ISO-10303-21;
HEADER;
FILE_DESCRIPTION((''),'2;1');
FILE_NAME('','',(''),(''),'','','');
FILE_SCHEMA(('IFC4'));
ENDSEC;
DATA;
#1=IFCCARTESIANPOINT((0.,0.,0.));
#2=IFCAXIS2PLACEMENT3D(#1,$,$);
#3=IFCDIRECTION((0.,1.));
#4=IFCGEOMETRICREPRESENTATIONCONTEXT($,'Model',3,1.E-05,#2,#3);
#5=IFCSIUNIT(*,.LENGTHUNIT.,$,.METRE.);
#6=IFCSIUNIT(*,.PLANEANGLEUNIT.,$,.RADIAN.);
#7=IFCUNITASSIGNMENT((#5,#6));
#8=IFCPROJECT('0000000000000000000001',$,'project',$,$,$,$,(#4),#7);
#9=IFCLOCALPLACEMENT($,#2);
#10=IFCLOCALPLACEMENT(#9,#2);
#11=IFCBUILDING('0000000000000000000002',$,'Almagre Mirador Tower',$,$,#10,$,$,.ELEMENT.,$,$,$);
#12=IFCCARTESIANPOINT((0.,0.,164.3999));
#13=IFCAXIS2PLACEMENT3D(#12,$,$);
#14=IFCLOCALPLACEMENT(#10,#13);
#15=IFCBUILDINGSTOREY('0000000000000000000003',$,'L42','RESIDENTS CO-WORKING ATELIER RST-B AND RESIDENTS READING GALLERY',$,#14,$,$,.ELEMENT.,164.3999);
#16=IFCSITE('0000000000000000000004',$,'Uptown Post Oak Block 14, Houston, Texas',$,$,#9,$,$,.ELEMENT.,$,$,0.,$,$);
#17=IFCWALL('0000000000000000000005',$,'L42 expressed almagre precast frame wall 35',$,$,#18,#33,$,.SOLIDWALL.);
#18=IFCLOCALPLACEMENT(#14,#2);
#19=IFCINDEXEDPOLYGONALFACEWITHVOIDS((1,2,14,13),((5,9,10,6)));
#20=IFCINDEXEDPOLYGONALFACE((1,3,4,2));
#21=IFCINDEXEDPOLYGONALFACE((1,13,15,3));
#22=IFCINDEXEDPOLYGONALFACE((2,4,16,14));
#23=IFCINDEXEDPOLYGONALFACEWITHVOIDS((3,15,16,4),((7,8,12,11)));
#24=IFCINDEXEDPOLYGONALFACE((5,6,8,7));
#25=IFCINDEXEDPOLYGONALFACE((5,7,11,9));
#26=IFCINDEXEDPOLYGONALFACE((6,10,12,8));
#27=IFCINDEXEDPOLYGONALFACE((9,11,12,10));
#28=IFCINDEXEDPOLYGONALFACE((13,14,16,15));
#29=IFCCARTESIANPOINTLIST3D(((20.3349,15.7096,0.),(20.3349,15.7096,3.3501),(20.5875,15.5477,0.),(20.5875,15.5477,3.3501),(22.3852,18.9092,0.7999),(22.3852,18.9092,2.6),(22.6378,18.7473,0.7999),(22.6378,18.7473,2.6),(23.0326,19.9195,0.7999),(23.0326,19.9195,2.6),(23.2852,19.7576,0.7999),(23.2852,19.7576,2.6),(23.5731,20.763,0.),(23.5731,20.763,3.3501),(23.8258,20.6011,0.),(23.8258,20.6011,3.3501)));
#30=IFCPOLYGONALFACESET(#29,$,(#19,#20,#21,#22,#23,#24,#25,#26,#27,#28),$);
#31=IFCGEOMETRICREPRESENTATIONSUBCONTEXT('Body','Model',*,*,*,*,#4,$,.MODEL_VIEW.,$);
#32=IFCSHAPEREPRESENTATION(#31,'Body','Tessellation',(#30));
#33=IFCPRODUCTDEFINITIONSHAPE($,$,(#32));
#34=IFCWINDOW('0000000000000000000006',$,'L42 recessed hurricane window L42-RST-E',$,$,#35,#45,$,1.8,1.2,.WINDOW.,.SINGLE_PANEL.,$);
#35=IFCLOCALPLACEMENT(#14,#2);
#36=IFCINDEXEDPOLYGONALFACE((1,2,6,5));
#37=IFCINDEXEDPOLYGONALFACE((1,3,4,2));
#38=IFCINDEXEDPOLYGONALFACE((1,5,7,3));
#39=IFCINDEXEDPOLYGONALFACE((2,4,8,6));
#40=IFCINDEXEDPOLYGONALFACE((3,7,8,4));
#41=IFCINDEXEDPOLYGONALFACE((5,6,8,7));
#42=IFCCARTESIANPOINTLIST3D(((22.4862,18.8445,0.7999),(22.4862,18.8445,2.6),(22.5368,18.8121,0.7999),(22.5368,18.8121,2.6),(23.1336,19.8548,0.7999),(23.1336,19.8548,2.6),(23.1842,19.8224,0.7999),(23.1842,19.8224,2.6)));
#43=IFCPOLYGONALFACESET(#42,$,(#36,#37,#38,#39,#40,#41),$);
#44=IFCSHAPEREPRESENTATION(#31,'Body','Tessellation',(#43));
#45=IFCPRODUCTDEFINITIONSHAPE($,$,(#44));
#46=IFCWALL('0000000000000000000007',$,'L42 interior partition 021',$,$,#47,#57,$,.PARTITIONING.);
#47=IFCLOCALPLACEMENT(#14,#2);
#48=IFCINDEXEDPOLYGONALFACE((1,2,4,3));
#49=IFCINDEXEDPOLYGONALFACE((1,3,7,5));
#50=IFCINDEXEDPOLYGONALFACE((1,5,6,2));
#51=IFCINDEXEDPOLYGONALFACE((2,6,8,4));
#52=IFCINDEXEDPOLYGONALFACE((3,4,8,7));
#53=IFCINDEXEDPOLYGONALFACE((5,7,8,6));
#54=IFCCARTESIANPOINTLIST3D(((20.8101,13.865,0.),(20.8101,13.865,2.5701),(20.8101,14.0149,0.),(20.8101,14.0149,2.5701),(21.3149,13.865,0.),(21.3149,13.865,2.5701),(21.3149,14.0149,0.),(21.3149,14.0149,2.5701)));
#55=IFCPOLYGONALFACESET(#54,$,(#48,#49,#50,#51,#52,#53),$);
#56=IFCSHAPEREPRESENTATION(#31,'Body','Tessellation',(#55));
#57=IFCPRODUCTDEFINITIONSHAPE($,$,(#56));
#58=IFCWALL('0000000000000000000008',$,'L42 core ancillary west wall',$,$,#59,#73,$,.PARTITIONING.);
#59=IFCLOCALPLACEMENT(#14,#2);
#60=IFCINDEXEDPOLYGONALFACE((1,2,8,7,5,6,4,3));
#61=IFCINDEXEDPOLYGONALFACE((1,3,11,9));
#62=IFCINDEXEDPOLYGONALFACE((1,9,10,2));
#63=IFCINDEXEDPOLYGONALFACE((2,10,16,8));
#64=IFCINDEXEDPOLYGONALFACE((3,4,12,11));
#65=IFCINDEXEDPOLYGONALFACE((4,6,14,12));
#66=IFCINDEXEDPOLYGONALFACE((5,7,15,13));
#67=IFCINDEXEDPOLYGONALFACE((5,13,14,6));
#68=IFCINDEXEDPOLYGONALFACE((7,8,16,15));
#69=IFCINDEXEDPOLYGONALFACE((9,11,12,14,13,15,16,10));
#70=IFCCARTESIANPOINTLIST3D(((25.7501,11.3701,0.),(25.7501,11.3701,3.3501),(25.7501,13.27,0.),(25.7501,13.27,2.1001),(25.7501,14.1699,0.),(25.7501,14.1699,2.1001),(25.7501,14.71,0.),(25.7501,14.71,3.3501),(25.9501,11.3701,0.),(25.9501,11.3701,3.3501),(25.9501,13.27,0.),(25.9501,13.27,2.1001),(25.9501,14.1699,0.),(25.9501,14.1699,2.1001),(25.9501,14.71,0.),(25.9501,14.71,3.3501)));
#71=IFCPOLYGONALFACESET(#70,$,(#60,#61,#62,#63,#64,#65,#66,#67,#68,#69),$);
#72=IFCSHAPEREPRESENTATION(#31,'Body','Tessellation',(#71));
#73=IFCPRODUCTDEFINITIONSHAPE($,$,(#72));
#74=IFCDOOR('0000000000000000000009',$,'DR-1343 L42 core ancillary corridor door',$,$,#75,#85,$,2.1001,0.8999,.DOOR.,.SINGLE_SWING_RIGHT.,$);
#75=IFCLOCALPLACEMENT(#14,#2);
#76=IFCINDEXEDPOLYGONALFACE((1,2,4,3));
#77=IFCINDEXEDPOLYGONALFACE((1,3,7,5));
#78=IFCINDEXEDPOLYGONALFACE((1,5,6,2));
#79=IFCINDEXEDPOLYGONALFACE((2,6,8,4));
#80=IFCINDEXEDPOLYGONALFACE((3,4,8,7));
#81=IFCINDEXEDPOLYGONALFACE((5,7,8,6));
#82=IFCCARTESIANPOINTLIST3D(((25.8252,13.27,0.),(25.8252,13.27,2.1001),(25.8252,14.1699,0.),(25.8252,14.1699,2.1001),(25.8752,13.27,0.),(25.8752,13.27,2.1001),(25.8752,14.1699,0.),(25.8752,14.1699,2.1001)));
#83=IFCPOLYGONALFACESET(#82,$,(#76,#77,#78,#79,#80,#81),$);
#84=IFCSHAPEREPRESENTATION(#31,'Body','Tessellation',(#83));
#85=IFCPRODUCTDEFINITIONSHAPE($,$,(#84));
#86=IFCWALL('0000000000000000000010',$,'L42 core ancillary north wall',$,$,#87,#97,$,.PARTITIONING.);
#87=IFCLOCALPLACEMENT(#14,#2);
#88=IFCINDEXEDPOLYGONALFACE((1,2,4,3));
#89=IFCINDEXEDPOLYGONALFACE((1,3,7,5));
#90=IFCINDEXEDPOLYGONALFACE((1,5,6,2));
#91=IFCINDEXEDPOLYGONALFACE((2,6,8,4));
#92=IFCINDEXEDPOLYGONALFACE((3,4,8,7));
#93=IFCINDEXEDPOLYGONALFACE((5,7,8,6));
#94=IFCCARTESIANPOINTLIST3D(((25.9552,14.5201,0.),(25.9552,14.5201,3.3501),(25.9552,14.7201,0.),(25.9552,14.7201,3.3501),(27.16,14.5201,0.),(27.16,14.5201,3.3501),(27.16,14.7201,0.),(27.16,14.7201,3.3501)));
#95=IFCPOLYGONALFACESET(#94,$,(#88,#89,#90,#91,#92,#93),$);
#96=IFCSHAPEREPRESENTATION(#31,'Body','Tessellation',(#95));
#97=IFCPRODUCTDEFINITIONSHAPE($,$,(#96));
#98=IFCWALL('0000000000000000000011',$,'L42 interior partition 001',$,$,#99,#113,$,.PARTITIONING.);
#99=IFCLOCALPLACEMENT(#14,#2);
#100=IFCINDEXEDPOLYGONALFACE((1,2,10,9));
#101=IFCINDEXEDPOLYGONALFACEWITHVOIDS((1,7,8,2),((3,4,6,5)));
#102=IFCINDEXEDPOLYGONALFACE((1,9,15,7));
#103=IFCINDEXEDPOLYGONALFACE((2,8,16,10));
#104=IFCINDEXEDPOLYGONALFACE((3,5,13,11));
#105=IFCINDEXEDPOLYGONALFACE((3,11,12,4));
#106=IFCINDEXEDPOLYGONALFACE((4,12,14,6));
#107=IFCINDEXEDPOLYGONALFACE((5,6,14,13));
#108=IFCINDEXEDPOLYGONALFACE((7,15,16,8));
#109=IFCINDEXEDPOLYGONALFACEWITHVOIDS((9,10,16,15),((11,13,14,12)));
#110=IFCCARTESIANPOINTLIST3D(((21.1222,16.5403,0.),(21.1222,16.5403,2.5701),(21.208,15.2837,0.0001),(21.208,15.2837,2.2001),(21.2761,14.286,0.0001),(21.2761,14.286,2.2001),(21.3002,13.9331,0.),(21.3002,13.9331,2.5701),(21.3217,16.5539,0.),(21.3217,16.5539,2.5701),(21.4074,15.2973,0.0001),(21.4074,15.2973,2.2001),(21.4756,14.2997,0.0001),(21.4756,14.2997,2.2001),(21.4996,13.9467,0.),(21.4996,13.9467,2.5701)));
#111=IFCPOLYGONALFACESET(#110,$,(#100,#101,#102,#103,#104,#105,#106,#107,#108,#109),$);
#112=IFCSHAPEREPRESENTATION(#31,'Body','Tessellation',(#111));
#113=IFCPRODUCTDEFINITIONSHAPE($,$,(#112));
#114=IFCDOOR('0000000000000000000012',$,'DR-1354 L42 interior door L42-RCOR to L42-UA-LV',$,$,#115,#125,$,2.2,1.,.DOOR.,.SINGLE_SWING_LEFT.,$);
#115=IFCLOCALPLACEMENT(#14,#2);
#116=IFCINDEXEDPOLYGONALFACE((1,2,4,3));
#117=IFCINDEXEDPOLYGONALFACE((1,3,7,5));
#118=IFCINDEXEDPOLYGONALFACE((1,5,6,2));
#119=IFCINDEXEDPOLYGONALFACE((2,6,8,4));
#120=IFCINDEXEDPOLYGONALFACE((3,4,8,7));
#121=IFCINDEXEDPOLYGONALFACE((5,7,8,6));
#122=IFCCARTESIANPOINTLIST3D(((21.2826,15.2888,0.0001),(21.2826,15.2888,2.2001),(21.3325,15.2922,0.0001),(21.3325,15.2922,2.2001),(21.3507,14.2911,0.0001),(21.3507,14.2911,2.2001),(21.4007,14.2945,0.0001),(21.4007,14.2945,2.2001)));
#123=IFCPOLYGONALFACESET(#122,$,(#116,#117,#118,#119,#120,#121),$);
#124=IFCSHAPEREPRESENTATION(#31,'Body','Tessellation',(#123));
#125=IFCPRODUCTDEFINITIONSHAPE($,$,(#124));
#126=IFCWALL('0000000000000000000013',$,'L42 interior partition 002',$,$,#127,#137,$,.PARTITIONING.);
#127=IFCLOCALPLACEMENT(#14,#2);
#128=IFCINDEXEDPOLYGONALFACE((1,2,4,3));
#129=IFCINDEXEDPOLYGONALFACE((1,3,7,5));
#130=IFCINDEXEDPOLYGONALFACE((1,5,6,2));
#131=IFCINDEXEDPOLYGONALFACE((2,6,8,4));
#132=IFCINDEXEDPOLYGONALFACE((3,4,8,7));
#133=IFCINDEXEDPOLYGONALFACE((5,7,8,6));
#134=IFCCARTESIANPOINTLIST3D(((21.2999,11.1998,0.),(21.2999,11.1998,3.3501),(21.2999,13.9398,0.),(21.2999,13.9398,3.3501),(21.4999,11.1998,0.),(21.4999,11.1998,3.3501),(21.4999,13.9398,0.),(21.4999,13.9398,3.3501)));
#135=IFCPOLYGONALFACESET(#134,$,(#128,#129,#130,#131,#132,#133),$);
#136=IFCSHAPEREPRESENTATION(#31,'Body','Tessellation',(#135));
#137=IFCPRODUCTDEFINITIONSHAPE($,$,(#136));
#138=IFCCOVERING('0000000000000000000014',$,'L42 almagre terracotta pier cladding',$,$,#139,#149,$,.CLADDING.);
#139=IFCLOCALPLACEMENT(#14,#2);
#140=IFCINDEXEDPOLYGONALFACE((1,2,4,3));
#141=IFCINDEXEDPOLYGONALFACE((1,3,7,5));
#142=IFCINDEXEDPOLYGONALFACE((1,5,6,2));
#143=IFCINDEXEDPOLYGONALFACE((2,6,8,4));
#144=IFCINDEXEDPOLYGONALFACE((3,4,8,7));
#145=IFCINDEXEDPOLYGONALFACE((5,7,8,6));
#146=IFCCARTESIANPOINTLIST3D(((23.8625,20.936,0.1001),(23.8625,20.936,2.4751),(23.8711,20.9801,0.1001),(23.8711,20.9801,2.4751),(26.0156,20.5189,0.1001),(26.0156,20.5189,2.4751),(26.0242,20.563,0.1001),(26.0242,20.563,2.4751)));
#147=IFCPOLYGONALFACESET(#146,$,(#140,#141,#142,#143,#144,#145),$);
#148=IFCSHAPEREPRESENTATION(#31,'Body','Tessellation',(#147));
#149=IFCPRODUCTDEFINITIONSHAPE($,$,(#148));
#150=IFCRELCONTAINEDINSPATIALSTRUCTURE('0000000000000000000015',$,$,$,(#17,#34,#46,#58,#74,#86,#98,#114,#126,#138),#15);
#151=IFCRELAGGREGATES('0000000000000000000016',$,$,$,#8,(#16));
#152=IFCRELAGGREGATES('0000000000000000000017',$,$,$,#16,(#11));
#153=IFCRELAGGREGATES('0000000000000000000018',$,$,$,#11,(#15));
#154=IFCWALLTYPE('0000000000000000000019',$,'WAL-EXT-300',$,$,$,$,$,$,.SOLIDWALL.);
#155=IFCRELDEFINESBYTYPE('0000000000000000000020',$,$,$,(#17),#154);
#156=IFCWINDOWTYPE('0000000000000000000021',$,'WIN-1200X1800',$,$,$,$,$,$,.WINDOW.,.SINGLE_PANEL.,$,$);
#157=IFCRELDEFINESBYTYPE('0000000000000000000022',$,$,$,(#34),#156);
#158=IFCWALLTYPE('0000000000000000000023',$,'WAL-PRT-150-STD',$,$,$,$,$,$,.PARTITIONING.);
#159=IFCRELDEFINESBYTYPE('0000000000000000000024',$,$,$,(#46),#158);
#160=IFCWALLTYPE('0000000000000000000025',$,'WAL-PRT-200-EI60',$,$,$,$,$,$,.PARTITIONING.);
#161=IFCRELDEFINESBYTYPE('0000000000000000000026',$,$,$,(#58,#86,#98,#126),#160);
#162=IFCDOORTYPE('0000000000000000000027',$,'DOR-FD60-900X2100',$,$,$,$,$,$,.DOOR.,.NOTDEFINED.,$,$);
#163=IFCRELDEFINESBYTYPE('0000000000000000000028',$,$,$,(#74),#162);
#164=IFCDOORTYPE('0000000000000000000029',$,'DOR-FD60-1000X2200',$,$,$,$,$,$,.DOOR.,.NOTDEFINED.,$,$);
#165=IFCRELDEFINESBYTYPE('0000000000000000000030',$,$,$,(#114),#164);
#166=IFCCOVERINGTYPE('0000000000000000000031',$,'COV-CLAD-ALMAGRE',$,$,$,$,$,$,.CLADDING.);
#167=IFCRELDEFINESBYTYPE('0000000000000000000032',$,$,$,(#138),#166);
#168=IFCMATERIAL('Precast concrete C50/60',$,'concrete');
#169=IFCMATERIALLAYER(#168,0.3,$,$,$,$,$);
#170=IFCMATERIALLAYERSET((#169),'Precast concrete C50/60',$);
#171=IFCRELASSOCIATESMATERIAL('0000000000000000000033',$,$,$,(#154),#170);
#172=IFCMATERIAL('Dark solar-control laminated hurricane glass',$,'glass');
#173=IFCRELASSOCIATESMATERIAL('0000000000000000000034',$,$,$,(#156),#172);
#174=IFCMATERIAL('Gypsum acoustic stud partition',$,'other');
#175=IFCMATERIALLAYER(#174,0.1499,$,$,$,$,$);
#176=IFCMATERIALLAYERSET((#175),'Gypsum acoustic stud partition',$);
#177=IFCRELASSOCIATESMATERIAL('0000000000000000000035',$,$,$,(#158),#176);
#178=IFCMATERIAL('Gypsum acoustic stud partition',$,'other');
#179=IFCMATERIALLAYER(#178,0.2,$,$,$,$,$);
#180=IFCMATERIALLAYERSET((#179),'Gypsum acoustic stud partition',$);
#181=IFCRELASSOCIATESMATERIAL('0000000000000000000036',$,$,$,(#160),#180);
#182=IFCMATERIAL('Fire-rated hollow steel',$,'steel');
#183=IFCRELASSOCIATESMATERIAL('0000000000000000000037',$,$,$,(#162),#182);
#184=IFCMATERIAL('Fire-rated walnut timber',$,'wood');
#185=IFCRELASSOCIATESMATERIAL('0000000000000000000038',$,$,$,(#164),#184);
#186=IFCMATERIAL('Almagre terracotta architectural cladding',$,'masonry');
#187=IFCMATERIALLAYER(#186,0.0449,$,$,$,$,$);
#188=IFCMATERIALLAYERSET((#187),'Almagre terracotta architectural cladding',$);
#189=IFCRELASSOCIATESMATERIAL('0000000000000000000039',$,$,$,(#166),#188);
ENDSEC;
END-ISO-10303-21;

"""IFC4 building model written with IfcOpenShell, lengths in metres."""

from ifc_helpers import new_model, si_unit, direction, frame, frame_2d, origin, origin_2d, place, context, subcontext, project, spatial, rectangle, extrude, material, layer, layer_set, type_object, element, fill, save


model = new_model("IFC4")

# Units and contexts
model_context = context("Model", 3, precision=1e-05, world=origin(), true_north=direction((0.0, 1.0)))
body_context = subcontext(model_context, "Body", "Model", "MODEL_VIEW")
ifc_project = project(units=[si_unit("LENGTHUNIT", "METRE"), si_unit("PLANEANGLEUNIT", "RADIAN")], contexts=[model_context])

# Site, building, storey
site_placement = place(None, origin())
site = spatial("IfcSite", under=ifc_project, at=site_placement, Name="Uptown Post Oak Block 14, Houston, Texas", CompositionType="ELEMENT", RefElevation=0.0)
building_placement = place(site_placement, origin())
building = spatial("IfcBuilding", under=site, at=building_placement, Name="Almagre Mirador Tower", CompositionType="ELEMENT")
storey_placement = place(building_placement, frame((0.0, 0.0, 164.3999)))
storey = spatial("IfcBuildingStorey", under=building, at=storey_placement, Name="L42", Description="RESIDENTS CO-WORKING ATELIER RST-B AND RESIDENTS READING GALLERY", CompositionType="ELEMENT", Elevation=164.3999)

# Shared definitions
ifc_material_1 = material(Name="Precast concrete C50/60", Category="concrete")
ifc_layer_1 = layer(ifc_material_1, 0.3)
ifc_layer_set_1 = layer_set([ifc_layer_1], Name="Precast concrete C50/60")
wall_type_1 = type_object("IfcWallType", Name="WAL-EXT-300", PredefinedType="SOLIDWALL", material=ifc_layer_set_1)

# Wall, opening, window
wall_1_placement = place(storey_placement, frame((20.4612, 15.6287, 0.0), z_axis=(0.0, 0.0, 1.0), x_axis=(0.539534, 0.841964, 0.0)))
wall_1 = element("IfcWall", 1, at=wall_1_placement, inside=storey, type_object=wall_type_1, Name="L42 expressed almagre precast frame wall 35", PredefinedType="SOLIDWALL", context=body_context, shape_type="SweptSolid", body=[
    extrude(rectangle(XDim=6.002, YDim=0.3, at=frame_2d((3.001, 0.0))), origin(), (0.0, 0.0, 1.0), 3.3501),
])
opening_1_placement = place(wall_1_placement, frame((3.8, 0.0, 0.8)))
opening_1 = element("IfcOpeningElement", 2, at=opening_1_placement, cuts=wall_1, PredefinedType="OPENING", context=body_context, shape_type="SweptSolid", body=[
    extrude(rectangle(XDim=1.2, YDim=1.8, at=frame_2d((0.6001, 0.8999))), frame((0.0, 0.1599, 0.0), z_axis=(0.0, -1.0, 0.0), x_axis=(1.0, 0.0, 0.0)), (0.0, 0.0, 1.0), 0.32),
])
ifc_material_2 = material(Name="Dark solar-control laminated hurricane glass", Category="glass")
window_type = type_object("IfcWindowType", Name="WIN-1200X1800", PartitioningType="SINGLE_PANEL", PredefinedType="WINDOW", material=ifc_material_2)
window_placement = place(opening_1_placement, origin())
window = element("IfcWindow", 3, at=window_placement, inside=storey, type_object=window_type, Name="L42 recessed hurricane window L42-RST-E", OverallHeight=1.8, OverallWidth=1.2, PartitioningType="SINGLE_PANEL", PredefinedType="WINDOW", context=body_context, shape_type="SweptSolid", body=[
    extrude(rectangle(XDim=1.2, YDim=1.8, at=frame_2d((0.6001, 0.8999))), frame((0.0, 0.03, 0.0), z_axis=(0.0, -1.0, 0.0), x_axis=(1.0, 0.0, 0.0)), (0.0, 0.0, 1.0), 0.0601),
])
fill(opening_1, window)

# Wall
ifc_material_3 = material(Name="Gypsum acoustic stud partition", Category="other")
ifc_layer_2 = layer(ifc_material_3, 0.1499)
ifc_layer_set_2 = layer_set([ifc_layer_2], Name="Gypsum acoustic stud partition")
wall_type_2 = type_object("IfcWallType", Name="WAL-PRT-150-STD", PredefinedType="PARTITIONING", material=ifc_layer_set_2)
wall_2_placement = place(storey_placement, frame((20.8101, 13.9399, 0.0), z_axis=(0.0, 0.0, 1.0), x_axis=(1.0, 0.0, 0.0)))
element("IfcWall", 4, at=wall_2_placement, inside=storey, type_object=wall_type_2, Name="L42 interior partition 021", PredefinedType="PARTITIONING", context=body_context, shape_type="SweptSolid", body=[
    extrude(rectangle(XDim=0.5049, YDim=0.1499, at=frame_2d((0.2524, 0.0))), origin(), (0.0, 0.0, 1.0), 2.5701),
])

# Wall, opening, door
ifc_material_4 = material(Name="Gypsum acoustic stud partition", Category="other")
ifc_layer_3 = layer(ifc_material_4, 0.2)
ifc_layer_set_3 = layer_set([ifc_layer_3], Name="Gypsum acoustic stud partition")
wall_type_3 = type_object("IfcWallType", Name="WAL-PRT-200-EI60", PredefinedType="PARTITIONING", material=ifc_layer_set_3)
wall_3_placement = place(storey_placement, frame((25.8501, 11.3701, 0.0), z_axis=(0.0, 0.0, 1.0), x_axis=(0.0, 1.0, 0.0)))
wall_3 = element("IfcWall", 5, at=wall_3_placement, inside=storey, type_object=wall_type_3, Name="L42 core ancillary west wall", PredefinedType="PARTITIONING", context=body_context, shape_type="SweptSolid", body=[
    extrude(rectangle(XDim=3.3398, YDim=0.2, at=frame_2d((1.6699, 0.0))), origin(), (0.0, 0.0, 1.0), 3.3501),
])
opening_2_placement = place(wall_3_placement, frame((1.8999, 0.0, 0.0)))
opening_2 = element("IfcOpeningElement", 6, at=opening_2_placement, cuts=wall_3, PredefinedType="OPENING", context=body_context, shape_type="SweptSolid", body=[
    extrude(rectangle(XDim=0.8999, YDim=2.1001, at=frame_2d((0.45, 1.05))), frame((0.0, 0.1101, 0.0), z_axis=(0.0, -1.0, 0.0), x_axis=(1.0, 0.0, 0.0)), (0.0, 0.0, 1.0), 0.22),
])
ifc_material_5 = material(Name="Fire-rated hollow steel", Category="steel")
door_type_1 = type_object("IfcDoorType", Name="DOR-FD60-900X2100", OperationType="NOTDEFINED", PredefinedType="DOOR", material=ifc_material_5)
door_1_placement = place(opening_2_placement, origin())
door_1 = element("IfcDoor", 7, at=door_1_placement, inside=storey, type_object=door_type_1, Name="DR-1343 L42 core ancillary corridor door", OperationType="SINGLE_SWING_RIGHT", OverallHeight=2.1001, OverallWidth=0.8999, PredefinedType="DOOR", context=body_context, shape_type="SweptSolid", body=[
    extrude(rectangle(XDim=0.8999, YDim=2.1001, at=frame_2d((0.45, 1.05))), frame((0.0, 0.0249, 0.0), z_axis=(0.0, -1.0, 0.0), x_axis=(1.0, 0.0, 0.0)), (0.0, 0.0, 1.0), 0.05),
])
fill(opening_2, door_1)

# Wall
wall_4_placement = place(storey_placement, frame((25.9551, 14.6201, 0.0), z_axis=(0.0, 0.0, 1.0), x_axis=(1.0, 0.0, 0.0)))
element("IfcWall", 8, at=wall_4_placement, inside=storey, type_object=wall_type_3, Name="L42 core ancillary north wall", PredefinedType="PARTITIONING", context=body_context, shape_type="SweptSolid", body=[
    extrude(rectangle(XDim=1.2048, YDim=0.2, at=frame_2d((0.6025, 0.0))), origin(), (0.0, 0.0, 1.0), 3.3501),
])

# Wall, opening, door
wall_5_placement = place(storey_placement, frame((21.2219, 16.5471, 0.0), z_axis=(0.0, 0.0, 1.0), x_axis=(0.068106, -0.997678, 0.0)))
wall_5 = element("IfcWall", 9, at=wall_5_placement, inside=storey, type_object=wall_type_3, Name="L42 interior partition 001", PredefinedType="PARTITIONING", context=body_context, shape_type="SweptSolid", body=[
    extrude(rectangle(XDim=2.6133, YDim=0.2, at=frame_2d((1.3066, 0.0))), origin(), (0.0, 0.0, 1.0), 2.5701),
])
opening_3_placement = place(wall_5_placement, frame((1.2595, 0.0, 0.0)))
opening_3 = element("IfcOpeningElement", 10, at=opening_3_placement, cuts=wall_5, PredefinedType="OPENING", context=body_context, shape_type="SweptSolid", body=[
    extrude(rectangle(XDim=1.0, YDim=2.2, at=frame_2d((0.5, 1.1001))), frame((0.0, 0.1101, 0.0), z_axis=(0.0, -1.0, 0.0), x_axis=(1.0, 0.0, 0.0)), (0.0, 0.0, 1.0), 0.22),
])
ifc_material_6 = material(Name="Fire-rated walnut timber", Category="wood")
door_type_2 = type_object("IfcDoorType", Name="DOR-FD60-1000X2200", OperationType="NOTDEFINED", PredefinedType="DOOR", material=ifc_material_6)
door_2_placement = place(opening_3_placement, origin())
door_2 = element("IfcDoor", 11, at=door_2_placement, inside=storey, type_object=door_type_2, Name="DR-1354 L42 interior door L42-RCOR to L42-UA-LV", OperationType="SINGLE_SWING_LEFT", OverallHeight=2.2, OverallWidth=1.0, PredefinedType="DOOR", context=body_context, shape_type="SweptSolid", body=[
    extrude(rectangle(XDim=1.0, YDim=2.2, at=frame_2d((0.5, 1.1001))), frame((0.0, 0.0249, 0.0), z_axis=(0.0, -1.0, 0.0), x_axis=(1.0, 0.0, 0.0)), (0.0, 0.0, 1.0), 0.05),
])
fill(opening_3, door_2)

# Wall
wall_6_placement = place(storey_placement, frame((21.3999, 13.9399, 0.0), z_axis=(0.0, 0.0, 1.0), x_axis=(0.0, -1.0, 0.0)))
element("IfcWall", 12, at=wall_6_placement, inside=storey, type_object=wall_type_3, Name="L42 interior partition 002", PredefinedType="PARTITIONING", context=body_context, shape_type="SweptSolid", body=[
    extrude(rectangle(XDim=2.74, YDim=0.2, at=frame_2d((1.3701, 0.0))), origin(), (0.0, 0.0, 1.0), 3.3501),
])

# Covering
ifc_material_7 = material(Name="Almagre terracotta architectural cladding", Category="masonry")
ifc_layer_4 = layer(ifc_material_7, 0.0449)
ifc_layer_set_4 = layer_set([ifc_layer_4], Name="Almagre terracotta architectural cladding")
covering_type = type_object("IfcCoveringType", Name="COV-CLAD-ALMAGRE", PredefinedType="CLADDING", material=ifc_layer_set_4)
covering_placement = place(storey_placement, frame((24.9434, 20.7495, 0.1001), z_axis=(0.0, 0.0, 1.0), x_axis=(0.981747, -0.190192, 0.0)))
element("IfcCovering", 13, at=covering_placement, inside=storey, type_object=covering_type, Name="L42 almagre terracotta pier cladding", PredefinedType="CLADDING", context=body_context, shape_type="SweptSolid", body=[
    extrude(rectangle(XDim=2.1931, YDim=0.0449, at=origin_2d()), origin(), (0.0, 0.0, 1.0), 2.375),
])

save(model, "model.ifc")
